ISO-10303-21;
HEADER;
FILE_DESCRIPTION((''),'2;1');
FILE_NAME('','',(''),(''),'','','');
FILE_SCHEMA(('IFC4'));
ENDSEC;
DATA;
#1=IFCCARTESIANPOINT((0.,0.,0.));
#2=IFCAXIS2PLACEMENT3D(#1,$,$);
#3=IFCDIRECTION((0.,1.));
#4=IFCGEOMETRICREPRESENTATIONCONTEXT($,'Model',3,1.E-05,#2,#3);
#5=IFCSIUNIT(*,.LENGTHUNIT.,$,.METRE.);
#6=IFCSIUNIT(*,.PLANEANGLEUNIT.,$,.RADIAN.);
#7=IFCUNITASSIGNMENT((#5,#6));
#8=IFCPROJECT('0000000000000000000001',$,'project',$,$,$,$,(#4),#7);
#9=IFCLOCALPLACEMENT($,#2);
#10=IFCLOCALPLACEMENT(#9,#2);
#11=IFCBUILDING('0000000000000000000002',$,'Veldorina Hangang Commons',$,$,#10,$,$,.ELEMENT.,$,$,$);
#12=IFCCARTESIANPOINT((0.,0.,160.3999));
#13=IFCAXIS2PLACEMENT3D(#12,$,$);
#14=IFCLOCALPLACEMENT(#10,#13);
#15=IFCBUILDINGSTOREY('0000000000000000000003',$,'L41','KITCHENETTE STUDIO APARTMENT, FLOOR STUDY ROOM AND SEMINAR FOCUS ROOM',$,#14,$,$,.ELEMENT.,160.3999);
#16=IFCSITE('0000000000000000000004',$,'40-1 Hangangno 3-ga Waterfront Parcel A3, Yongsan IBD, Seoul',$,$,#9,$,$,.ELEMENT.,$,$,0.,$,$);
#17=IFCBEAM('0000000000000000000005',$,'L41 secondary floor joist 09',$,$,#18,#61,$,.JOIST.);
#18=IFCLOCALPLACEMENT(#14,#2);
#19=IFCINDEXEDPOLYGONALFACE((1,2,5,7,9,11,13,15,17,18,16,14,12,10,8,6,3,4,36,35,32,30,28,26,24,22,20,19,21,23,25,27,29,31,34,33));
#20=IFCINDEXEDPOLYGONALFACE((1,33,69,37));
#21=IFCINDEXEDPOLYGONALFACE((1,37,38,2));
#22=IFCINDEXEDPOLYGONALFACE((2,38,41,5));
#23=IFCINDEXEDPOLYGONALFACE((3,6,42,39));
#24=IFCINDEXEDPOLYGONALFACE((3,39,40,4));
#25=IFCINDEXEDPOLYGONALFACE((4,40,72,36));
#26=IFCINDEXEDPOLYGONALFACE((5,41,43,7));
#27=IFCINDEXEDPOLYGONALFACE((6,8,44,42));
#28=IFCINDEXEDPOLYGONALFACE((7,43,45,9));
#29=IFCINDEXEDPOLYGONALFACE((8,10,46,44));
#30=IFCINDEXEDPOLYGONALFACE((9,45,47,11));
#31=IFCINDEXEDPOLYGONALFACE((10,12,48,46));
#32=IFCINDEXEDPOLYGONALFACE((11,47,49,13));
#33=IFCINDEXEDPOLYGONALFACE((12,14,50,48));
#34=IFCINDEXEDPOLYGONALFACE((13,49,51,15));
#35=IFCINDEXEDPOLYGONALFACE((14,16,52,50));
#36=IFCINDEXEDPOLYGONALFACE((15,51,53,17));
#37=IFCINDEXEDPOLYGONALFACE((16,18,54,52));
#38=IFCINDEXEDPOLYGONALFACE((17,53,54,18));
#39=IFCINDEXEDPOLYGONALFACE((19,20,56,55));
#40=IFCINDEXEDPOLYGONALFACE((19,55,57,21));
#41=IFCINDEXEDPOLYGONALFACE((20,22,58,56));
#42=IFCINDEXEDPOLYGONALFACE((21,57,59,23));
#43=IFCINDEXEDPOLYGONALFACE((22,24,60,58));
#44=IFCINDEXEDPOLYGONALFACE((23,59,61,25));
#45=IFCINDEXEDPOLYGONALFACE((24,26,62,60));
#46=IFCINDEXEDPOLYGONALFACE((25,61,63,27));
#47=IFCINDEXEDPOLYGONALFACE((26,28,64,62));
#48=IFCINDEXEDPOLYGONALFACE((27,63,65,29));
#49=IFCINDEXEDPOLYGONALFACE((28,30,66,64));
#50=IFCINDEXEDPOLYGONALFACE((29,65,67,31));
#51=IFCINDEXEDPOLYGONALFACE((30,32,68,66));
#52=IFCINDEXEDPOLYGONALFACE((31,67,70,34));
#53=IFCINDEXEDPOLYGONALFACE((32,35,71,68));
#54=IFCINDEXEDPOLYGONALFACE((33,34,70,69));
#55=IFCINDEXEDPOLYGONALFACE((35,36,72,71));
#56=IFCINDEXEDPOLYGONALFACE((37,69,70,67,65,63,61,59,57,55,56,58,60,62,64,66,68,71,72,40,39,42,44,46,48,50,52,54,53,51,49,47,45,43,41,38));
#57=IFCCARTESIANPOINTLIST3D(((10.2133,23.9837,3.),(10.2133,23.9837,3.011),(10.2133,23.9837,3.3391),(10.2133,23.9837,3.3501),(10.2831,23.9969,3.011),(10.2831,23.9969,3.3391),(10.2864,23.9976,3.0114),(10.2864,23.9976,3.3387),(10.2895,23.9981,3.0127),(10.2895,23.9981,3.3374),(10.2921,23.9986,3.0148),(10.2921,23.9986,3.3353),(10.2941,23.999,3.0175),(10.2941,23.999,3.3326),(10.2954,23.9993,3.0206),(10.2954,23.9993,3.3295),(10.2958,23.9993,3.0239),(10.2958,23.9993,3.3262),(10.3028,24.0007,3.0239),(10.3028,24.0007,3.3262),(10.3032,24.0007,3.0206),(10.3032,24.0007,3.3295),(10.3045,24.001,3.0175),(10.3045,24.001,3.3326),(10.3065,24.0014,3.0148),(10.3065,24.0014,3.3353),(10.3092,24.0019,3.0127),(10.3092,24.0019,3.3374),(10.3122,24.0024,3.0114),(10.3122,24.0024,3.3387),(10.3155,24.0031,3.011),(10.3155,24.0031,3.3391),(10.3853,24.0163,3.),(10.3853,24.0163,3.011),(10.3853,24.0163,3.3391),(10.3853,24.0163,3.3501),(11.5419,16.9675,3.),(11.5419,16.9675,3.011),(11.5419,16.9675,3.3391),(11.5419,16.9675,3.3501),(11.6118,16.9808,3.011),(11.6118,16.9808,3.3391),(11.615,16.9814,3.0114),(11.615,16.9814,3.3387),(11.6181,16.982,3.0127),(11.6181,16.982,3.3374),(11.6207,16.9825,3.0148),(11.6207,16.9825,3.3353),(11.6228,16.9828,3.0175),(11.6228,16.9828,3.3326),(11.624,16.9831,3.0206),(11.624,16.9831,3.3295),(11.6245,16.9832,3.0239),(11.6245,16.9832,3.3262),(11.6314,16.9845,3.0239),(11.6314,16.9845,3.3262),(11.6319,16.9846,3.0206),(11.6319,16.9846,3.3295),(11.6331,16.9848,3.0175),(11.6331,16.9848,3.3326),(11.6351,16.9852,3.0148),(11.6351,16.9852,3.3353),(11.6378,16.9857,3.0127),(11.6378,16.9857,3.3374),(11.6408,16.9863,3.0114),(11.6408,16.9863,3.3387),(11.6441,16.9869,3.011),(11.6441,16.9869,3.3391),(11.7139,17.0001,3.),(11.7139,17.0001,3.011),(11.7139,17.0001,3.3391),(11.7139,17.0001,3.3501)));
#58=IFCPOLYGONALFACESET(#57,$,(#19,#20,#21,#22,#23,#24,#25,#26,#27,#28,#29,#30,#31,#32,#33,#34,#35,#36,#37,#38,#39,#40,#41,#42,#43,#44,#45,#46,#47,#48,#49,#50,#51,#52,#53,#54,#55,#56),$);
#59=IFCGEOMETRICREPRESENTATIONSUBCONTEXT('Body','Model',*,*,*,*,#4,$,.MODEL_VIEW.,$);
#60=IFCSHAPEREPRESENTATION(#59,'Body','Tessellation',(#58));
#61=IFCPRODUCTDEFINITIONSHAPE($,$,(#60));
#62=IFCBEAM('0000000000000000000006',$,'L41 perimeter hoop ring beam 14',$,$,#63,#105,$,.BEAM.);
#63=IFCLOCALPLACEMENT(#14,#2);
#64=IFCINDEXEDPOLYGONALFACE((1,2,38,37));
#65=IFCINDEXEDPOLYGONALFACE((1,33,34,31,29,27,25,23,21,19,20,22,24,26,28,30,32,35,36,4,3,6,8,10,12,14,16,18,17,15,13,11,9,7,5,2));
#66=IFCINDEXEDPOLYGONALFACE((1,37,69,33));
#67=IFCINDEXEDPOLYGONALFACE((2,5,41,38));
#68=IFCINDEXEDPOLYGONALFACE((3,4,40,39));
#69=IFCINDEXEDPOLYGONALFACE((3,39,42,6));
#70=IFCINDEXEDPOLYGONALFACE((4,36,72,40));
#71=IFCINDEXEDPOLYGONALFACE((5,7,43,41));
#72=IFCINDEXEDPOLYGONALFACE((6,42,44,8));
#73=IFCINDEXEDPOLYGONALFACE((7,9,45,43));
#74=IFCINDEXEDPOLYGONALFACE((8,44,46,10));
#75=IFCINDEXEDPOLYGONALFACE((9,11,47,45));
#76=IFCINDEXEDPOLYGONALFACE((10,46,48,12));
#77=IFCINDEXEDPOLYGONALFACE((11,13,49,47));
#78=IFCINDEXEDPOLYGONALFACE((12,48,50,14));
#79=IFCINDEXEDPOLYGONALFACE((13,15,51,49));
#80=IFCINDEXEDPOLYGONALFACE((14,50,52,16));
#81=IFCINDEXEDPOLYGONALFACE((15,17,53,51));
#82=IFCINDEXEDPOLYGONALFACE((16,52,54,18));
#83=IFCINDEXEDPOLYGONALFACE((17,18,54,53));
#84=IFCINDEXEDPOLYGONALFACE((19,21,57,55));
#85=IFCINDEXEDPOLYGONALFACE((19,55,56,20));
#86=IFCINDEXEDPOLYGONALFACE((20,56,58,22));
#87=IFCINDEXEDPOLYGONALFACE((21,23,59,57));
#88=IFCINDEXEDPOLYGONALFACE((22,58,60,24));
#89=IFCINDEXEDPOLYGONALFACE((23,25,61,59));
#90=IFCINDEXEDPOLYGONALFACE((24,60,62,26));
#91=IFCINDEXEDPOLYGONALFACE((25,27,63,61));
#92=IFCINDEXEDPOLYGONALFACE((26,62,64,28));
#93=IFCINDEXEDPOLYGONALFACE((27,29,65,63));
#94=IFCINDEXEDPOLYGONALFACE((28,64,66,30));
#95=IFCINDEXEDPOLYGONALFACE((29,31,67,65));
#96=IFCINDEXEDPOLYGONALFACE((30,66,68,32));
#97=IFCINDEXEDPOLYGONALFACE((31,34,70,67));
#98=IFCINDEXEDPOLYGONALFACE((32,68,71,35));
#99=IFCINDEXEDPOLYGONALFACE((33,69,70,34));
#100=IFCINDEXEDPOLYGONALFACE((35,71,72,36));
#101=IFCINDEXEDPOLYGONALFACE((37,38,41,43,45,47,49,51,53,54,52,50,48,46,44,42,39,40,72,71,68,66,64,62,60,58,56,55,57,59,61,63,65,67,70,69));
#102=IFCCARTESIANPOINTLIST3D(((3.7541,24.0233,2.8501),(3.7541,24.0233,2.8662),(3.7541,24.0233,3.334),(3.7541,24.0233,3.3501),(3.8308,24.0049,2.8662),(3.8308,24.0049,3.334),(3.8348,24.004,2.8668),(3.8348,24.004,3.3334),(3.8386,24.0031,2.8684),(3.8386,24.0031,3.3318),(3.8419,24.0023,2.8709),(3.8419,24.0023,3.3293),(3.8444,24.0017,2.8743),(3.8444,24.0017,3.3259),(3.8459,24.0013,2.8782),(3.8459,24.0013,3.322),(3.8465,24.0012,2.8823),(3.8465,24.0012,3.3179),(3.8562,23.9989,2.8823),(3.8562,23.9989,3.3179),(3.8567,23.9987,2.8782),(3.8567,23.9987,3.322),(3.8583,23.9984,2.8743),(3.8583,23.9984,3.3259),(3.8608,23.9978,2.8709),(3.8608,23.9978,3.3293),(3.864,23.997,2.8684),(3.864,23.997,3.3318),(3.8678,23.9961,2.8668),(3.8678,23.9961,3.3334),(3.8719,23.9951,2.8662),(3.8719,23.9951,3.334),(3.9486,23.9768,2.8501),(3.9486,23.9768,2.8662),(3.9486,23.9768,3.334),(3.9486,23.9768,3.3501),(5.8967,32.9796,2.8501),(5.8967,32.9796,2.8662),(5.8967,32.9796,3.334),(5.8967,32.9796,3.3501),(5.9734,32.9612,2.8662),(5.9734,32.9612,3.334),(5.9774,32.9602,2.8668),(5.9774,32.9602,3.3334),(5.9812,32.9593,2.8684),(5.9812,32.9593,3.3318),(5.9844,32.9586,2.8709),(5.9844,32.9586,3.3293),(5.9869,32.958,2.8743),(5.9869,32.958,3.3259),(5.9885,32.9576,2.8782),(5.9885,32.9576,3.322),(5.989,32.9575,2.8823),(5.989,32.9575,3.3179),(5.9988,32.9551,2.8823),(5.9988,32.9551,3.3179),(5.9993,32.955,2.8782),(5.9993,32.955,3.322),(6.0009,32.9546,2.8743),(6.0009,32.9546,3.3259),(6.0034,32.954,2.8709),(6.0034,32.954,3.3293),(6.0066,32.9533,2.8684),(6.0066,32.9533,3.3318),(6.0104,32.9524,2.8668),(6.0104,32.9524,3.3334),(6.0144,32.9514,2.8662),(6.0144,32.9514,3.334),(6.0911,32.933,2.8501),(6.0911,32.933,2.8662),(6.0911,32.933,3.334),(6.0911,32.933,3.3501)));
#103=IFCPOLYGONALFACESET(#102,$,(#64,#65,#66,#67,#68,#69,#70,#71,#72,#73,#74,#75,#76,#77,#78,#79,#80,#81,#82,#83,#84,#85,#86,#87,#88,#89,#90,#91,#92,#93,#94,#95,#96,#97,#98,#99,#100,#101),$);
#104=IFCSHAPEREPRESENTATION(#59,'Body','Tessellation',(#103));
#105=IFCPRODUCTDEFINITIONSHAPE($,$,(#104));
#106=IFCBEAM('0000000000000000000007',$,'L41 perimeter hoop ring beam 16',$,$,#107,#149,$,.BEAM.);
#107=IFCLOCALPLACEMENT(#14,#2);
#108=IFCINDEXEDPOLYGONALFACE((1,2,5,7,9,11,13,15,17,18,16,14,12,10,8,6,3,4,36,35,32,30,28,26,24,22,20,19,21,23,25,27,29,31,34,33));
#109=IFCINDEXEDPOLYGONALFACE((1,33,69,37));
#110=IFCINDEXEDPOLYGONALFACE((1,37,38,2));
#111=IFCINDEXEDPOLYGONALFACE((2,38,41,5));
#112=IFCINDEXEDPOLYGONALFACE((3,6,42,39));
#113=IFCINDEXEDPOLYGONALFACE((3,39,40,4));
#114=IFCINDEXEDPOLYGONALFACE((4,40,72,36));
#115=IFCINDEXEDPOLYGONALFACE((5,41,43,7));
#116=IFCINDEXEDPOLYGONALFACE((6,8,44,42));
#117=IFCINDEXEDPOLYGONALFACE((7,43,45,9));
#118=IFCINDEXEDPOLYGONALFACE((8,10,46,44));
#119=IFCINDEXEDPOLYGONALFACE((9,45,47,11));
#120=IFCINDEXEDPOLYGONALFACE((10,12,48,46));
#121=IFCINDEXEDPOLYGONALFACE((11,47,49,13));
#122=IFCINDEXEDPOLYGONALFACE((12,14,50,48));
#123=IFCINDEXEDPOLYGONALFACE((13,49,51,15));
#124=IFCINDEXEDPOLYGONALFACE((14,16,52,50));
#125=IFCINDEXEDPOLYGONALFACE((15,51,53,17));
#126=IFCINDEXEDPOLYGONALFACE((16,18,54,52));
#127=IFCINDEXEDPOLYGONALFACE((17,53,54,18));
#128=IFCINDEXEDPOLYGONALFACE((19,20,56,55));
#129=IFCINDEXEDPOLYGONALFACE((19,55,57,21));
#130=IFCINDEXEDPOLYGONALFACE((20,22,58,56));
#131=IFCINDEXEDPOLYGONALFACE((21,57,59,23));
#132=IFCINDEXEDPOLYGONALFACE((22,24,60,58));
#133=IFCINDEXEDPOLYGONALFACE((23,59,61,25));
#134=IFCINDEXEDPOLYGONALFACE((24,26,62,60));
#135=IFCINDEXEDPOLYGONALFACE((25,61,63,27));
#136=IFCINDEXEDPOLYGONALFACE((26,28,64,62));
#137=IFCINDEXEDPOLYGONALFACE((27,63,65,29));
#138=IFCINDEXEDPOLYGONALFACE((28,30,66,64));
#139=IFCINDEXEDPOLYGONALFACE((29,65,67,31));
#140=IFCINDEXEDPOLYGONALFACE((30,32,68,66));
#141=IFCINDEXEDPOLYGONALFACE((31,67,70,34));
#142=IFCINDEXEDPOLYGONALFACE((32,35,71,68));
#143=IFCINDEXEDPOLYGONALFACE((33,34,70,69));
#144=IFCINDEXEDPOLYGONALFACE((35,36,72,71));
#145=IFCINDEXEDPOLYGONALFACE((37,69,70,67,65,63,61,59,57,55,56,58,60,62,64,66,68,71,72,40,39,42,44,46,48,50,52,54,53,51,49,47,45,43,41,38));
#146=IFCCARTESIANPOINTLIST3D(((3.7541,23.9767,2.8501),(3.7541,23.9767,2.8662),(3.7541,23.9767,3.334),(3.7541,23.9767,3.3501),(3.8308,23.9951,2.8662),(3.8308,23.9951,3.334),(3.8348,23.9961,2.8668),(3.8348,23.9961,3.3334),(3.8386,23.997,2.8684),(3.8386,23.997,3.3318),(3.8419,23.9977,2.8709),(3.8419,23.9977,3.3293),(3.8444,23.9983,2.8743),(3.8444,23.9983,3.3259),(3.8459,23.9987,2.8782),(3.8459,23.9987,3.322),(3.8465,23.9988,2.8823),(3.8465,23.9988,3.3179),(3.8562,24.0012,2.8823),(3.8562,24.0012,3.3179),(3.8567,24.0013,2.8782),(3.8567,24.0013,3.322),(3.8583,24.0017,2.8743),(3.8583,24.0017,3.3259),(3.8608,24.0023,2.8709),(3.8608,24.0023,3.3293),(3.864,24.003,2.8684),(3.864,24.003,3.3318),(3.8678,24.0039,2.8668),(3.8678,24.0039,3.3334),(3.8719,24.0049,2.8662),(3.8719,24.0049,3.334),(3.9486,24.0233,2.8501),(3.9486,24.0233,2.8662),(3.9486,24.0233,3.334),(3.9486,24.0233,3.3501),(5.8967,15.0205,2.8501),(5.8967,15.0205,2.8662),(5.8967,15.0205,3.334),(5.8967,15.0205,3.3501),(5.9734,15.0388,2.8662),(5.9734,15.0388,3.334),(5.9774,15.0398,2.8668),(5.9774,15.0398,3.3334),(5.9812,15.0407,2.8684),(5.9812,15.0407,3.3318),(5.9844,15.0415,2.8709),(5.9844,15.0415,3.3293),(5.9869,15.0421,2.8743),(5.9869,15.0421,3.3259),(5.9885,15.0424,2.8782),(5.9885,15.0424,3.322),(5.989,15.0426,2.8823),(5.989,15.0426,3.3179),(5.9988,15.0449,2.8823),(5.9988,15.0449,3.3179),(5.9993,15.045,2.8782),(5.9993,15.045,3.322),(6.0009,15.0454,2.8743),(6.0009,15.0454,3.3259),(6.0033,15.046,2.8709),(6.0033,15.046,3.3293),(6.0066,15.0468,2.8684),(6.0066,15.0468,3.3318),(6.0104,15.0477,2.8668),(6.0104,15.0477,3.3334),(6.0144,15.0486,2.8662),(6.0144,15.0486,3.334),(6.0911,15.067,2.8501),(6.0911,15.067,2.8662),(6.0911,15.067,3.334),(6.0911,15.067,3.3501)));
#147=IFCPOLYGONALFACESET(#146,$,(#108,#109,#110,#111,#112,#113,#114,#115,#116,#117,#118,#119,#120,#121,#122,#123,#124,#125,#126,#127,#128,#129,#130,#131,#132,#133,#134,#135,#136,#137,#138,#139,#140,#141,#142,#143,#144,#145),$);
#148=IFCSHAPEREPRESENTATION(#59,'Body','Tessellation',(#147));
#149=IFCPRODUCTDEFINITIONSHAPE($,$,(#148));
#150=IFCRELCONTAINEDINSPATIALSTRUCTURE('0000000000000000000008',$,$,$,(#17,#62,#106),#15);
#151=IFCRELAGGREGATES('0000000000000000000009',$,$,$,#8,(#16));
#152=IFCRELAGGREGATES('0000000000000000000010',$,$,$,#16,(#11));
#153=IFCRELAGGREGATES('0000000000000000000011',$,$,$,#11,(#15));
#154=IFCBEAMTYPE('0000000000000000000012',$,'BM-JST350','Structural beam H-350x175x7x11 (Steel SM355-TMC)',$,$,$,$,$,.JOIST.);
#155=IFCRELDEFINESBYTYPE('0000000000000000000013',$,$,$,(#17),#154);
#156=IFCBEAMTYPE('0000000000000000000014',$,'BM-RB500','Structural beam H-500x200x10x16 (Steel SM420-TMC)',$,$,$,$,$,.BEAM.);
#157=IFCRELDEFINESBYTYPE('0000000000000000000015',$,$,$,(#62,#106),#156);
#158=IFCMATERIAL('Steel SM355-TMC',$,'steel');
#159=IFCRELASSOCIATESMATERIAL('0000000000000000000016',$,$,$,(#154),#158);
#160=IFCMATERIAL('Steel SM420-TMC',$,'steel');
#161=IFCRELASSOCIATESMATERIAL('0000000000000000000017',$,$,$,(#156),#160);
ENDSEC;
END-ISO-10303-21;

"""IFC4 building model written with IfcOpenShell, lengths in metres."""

from ifc_helpers import new_model, si_unit, direction, frame, origin, origin_2d, place, context, subcontext, project, spatial, i_section, extrude, material, material_profile, profile_set, type_object, element, save


model = new_model("IFC4")

# Units and contexts
model_context = context("Model", 3, precision=1e-05, world=origin(), true_north=direction((0.0, 1.0)))
body_context = subcontext(model_context, "Body", "Model", "MODEL_VIEW")
ifc_project = project(units=[si_unit("LENGTHUNIT", "METRE"), si_unit("PLANEANGLEUNIT", "RADIAN")], contexts=[model_context])

# Site, building, storey
site_placement = place(None, origin())
site = spatial("IfcSite", under=ifc_project, at=site_placement, Name="40-1 Hangangno 3-ga Waterfront Parcel A3, Yongsan IBD, Seoul", CompositionType="ELEMENT", RefElevation=0.0)
building_placement = place(site_placement, origin())
building = spatial("IfcBuilding", under=site, at=building_placement, Name="Veldorina Hangang Commons", CompositionType="ELEMENT")
storey_placement = place(building_placement, frame((0.0, 0.0, 160.3999)))
storey = spatial("IfcBuildingStorey", under=building, at=storey_placement, Name="L41", Description="KITCHENETTE STUDIO APARTMENT, FLOOR STUDY ROOM AND SEMINAR FOCUS ROOM", CompositionType="ELEMENT", Elevation=160.3999)

# Beams
ifc_material_1 = material(Name="Steel SM355-TMC", Category="steel")
ifc_material_profile_1 = material_profile(ifc_material_1, i_section(OverallWidth=0.175, OverallDepth=0.3501, WebThickness=0.0071, FlangeThickness=0.011, FilletRadius=0.0129, at=origin_2d()), Name="H-350x175x7x11")
ifc_profile_set_1 = profile_set([ifc_material_profile_1], Name="Steel SM355-TMC")
beam_type_1 = type_object("IfcBeamType", Name="BM-JST350", Description="Structural beam H-350x175x7x11 (Steel SM355-TMC)", PredefinedType="JOIST", material=ifc_profile_set_1)
beam_placement = place(storey_placement, frame((10.2993, 24.0, 3.175), z_axis=(0.186059, -0.982539, 0.0), x_axis=(0.982539, 0.186059, 0.0)))
element("IfcBeam", 1, at=beam_placement, inside=storey, type_object=beam_type_1, Name="L41 secondary floor joist 09", PredefinedType="JOIST", context=body_context, shape_type="SweptSolid", body=[
    extrude(i_section(OverallWidth=0.175, OverallDepth=0.3501, WebThickness=0.0071, FlangeThickness=0.011, FilletRadius=0.0129, at=origin_2d()), origin(), (0.0, 0.0, 1.0), 7.1409),
])
ifc_material_2 = material(Name="Steel SM420-TMC", Category="steel")
ifc_material_profile_2 = material_profile(ifc_material_2, i_section(OverallWidth=0.2, OverallDepth=0.5, WebThickness=0.01, FlangeThickness=0.0161, FilletRadius=0.0161, at=origin_2d()), Name="H-500x200x10x16")
ifc_profile_set_2 = profile_set([ifc_material_profile_2], Name="Steel SM420-TMC")
beam_type_2 = type_object("IfcBeamType", Name="BM-RB500", Description="Structural beam H-500x200x10x16 (Steel SM420-TMC)", PredefinedType="BEAM", material=ifc_profile_set_2)
for number, where, z_axis, x_axis, name in (
    (2, (5.9939, 32.9563, 3.1001), (-0.232661, -0.972558, 0.0), (0.972558, -0.232661, 0.0), "L41 perimeter hoop ring beam 14"),
    (3, (3.8513, 24.0, 3.1001), (0.232661, -0.972558, 0.0), (0.972558, 0.232661, 0.0), "L41 perimeter hoop ring beam 16"),
):
    element("IfcBeam", number, at=place(storey_placement, frame(where, z_axis=z_axis, x_axis=x_axis)), inside=storey, type_object=beam_type_2, Name=name, PredefinedType="BEAM", context=body_context, shape_type="SweptSolid", body=[
        extrude(i_section(OverallWidth=0.2, OverallDepth=0.5, WebThickness=0.01, FlangeThickness=0.0161, FilletRadius=0.0161, at=origin_2d()), origin(), (0.0, 0.0, 1.0), 9.209),
    ])

save(model, "model.ifc")
